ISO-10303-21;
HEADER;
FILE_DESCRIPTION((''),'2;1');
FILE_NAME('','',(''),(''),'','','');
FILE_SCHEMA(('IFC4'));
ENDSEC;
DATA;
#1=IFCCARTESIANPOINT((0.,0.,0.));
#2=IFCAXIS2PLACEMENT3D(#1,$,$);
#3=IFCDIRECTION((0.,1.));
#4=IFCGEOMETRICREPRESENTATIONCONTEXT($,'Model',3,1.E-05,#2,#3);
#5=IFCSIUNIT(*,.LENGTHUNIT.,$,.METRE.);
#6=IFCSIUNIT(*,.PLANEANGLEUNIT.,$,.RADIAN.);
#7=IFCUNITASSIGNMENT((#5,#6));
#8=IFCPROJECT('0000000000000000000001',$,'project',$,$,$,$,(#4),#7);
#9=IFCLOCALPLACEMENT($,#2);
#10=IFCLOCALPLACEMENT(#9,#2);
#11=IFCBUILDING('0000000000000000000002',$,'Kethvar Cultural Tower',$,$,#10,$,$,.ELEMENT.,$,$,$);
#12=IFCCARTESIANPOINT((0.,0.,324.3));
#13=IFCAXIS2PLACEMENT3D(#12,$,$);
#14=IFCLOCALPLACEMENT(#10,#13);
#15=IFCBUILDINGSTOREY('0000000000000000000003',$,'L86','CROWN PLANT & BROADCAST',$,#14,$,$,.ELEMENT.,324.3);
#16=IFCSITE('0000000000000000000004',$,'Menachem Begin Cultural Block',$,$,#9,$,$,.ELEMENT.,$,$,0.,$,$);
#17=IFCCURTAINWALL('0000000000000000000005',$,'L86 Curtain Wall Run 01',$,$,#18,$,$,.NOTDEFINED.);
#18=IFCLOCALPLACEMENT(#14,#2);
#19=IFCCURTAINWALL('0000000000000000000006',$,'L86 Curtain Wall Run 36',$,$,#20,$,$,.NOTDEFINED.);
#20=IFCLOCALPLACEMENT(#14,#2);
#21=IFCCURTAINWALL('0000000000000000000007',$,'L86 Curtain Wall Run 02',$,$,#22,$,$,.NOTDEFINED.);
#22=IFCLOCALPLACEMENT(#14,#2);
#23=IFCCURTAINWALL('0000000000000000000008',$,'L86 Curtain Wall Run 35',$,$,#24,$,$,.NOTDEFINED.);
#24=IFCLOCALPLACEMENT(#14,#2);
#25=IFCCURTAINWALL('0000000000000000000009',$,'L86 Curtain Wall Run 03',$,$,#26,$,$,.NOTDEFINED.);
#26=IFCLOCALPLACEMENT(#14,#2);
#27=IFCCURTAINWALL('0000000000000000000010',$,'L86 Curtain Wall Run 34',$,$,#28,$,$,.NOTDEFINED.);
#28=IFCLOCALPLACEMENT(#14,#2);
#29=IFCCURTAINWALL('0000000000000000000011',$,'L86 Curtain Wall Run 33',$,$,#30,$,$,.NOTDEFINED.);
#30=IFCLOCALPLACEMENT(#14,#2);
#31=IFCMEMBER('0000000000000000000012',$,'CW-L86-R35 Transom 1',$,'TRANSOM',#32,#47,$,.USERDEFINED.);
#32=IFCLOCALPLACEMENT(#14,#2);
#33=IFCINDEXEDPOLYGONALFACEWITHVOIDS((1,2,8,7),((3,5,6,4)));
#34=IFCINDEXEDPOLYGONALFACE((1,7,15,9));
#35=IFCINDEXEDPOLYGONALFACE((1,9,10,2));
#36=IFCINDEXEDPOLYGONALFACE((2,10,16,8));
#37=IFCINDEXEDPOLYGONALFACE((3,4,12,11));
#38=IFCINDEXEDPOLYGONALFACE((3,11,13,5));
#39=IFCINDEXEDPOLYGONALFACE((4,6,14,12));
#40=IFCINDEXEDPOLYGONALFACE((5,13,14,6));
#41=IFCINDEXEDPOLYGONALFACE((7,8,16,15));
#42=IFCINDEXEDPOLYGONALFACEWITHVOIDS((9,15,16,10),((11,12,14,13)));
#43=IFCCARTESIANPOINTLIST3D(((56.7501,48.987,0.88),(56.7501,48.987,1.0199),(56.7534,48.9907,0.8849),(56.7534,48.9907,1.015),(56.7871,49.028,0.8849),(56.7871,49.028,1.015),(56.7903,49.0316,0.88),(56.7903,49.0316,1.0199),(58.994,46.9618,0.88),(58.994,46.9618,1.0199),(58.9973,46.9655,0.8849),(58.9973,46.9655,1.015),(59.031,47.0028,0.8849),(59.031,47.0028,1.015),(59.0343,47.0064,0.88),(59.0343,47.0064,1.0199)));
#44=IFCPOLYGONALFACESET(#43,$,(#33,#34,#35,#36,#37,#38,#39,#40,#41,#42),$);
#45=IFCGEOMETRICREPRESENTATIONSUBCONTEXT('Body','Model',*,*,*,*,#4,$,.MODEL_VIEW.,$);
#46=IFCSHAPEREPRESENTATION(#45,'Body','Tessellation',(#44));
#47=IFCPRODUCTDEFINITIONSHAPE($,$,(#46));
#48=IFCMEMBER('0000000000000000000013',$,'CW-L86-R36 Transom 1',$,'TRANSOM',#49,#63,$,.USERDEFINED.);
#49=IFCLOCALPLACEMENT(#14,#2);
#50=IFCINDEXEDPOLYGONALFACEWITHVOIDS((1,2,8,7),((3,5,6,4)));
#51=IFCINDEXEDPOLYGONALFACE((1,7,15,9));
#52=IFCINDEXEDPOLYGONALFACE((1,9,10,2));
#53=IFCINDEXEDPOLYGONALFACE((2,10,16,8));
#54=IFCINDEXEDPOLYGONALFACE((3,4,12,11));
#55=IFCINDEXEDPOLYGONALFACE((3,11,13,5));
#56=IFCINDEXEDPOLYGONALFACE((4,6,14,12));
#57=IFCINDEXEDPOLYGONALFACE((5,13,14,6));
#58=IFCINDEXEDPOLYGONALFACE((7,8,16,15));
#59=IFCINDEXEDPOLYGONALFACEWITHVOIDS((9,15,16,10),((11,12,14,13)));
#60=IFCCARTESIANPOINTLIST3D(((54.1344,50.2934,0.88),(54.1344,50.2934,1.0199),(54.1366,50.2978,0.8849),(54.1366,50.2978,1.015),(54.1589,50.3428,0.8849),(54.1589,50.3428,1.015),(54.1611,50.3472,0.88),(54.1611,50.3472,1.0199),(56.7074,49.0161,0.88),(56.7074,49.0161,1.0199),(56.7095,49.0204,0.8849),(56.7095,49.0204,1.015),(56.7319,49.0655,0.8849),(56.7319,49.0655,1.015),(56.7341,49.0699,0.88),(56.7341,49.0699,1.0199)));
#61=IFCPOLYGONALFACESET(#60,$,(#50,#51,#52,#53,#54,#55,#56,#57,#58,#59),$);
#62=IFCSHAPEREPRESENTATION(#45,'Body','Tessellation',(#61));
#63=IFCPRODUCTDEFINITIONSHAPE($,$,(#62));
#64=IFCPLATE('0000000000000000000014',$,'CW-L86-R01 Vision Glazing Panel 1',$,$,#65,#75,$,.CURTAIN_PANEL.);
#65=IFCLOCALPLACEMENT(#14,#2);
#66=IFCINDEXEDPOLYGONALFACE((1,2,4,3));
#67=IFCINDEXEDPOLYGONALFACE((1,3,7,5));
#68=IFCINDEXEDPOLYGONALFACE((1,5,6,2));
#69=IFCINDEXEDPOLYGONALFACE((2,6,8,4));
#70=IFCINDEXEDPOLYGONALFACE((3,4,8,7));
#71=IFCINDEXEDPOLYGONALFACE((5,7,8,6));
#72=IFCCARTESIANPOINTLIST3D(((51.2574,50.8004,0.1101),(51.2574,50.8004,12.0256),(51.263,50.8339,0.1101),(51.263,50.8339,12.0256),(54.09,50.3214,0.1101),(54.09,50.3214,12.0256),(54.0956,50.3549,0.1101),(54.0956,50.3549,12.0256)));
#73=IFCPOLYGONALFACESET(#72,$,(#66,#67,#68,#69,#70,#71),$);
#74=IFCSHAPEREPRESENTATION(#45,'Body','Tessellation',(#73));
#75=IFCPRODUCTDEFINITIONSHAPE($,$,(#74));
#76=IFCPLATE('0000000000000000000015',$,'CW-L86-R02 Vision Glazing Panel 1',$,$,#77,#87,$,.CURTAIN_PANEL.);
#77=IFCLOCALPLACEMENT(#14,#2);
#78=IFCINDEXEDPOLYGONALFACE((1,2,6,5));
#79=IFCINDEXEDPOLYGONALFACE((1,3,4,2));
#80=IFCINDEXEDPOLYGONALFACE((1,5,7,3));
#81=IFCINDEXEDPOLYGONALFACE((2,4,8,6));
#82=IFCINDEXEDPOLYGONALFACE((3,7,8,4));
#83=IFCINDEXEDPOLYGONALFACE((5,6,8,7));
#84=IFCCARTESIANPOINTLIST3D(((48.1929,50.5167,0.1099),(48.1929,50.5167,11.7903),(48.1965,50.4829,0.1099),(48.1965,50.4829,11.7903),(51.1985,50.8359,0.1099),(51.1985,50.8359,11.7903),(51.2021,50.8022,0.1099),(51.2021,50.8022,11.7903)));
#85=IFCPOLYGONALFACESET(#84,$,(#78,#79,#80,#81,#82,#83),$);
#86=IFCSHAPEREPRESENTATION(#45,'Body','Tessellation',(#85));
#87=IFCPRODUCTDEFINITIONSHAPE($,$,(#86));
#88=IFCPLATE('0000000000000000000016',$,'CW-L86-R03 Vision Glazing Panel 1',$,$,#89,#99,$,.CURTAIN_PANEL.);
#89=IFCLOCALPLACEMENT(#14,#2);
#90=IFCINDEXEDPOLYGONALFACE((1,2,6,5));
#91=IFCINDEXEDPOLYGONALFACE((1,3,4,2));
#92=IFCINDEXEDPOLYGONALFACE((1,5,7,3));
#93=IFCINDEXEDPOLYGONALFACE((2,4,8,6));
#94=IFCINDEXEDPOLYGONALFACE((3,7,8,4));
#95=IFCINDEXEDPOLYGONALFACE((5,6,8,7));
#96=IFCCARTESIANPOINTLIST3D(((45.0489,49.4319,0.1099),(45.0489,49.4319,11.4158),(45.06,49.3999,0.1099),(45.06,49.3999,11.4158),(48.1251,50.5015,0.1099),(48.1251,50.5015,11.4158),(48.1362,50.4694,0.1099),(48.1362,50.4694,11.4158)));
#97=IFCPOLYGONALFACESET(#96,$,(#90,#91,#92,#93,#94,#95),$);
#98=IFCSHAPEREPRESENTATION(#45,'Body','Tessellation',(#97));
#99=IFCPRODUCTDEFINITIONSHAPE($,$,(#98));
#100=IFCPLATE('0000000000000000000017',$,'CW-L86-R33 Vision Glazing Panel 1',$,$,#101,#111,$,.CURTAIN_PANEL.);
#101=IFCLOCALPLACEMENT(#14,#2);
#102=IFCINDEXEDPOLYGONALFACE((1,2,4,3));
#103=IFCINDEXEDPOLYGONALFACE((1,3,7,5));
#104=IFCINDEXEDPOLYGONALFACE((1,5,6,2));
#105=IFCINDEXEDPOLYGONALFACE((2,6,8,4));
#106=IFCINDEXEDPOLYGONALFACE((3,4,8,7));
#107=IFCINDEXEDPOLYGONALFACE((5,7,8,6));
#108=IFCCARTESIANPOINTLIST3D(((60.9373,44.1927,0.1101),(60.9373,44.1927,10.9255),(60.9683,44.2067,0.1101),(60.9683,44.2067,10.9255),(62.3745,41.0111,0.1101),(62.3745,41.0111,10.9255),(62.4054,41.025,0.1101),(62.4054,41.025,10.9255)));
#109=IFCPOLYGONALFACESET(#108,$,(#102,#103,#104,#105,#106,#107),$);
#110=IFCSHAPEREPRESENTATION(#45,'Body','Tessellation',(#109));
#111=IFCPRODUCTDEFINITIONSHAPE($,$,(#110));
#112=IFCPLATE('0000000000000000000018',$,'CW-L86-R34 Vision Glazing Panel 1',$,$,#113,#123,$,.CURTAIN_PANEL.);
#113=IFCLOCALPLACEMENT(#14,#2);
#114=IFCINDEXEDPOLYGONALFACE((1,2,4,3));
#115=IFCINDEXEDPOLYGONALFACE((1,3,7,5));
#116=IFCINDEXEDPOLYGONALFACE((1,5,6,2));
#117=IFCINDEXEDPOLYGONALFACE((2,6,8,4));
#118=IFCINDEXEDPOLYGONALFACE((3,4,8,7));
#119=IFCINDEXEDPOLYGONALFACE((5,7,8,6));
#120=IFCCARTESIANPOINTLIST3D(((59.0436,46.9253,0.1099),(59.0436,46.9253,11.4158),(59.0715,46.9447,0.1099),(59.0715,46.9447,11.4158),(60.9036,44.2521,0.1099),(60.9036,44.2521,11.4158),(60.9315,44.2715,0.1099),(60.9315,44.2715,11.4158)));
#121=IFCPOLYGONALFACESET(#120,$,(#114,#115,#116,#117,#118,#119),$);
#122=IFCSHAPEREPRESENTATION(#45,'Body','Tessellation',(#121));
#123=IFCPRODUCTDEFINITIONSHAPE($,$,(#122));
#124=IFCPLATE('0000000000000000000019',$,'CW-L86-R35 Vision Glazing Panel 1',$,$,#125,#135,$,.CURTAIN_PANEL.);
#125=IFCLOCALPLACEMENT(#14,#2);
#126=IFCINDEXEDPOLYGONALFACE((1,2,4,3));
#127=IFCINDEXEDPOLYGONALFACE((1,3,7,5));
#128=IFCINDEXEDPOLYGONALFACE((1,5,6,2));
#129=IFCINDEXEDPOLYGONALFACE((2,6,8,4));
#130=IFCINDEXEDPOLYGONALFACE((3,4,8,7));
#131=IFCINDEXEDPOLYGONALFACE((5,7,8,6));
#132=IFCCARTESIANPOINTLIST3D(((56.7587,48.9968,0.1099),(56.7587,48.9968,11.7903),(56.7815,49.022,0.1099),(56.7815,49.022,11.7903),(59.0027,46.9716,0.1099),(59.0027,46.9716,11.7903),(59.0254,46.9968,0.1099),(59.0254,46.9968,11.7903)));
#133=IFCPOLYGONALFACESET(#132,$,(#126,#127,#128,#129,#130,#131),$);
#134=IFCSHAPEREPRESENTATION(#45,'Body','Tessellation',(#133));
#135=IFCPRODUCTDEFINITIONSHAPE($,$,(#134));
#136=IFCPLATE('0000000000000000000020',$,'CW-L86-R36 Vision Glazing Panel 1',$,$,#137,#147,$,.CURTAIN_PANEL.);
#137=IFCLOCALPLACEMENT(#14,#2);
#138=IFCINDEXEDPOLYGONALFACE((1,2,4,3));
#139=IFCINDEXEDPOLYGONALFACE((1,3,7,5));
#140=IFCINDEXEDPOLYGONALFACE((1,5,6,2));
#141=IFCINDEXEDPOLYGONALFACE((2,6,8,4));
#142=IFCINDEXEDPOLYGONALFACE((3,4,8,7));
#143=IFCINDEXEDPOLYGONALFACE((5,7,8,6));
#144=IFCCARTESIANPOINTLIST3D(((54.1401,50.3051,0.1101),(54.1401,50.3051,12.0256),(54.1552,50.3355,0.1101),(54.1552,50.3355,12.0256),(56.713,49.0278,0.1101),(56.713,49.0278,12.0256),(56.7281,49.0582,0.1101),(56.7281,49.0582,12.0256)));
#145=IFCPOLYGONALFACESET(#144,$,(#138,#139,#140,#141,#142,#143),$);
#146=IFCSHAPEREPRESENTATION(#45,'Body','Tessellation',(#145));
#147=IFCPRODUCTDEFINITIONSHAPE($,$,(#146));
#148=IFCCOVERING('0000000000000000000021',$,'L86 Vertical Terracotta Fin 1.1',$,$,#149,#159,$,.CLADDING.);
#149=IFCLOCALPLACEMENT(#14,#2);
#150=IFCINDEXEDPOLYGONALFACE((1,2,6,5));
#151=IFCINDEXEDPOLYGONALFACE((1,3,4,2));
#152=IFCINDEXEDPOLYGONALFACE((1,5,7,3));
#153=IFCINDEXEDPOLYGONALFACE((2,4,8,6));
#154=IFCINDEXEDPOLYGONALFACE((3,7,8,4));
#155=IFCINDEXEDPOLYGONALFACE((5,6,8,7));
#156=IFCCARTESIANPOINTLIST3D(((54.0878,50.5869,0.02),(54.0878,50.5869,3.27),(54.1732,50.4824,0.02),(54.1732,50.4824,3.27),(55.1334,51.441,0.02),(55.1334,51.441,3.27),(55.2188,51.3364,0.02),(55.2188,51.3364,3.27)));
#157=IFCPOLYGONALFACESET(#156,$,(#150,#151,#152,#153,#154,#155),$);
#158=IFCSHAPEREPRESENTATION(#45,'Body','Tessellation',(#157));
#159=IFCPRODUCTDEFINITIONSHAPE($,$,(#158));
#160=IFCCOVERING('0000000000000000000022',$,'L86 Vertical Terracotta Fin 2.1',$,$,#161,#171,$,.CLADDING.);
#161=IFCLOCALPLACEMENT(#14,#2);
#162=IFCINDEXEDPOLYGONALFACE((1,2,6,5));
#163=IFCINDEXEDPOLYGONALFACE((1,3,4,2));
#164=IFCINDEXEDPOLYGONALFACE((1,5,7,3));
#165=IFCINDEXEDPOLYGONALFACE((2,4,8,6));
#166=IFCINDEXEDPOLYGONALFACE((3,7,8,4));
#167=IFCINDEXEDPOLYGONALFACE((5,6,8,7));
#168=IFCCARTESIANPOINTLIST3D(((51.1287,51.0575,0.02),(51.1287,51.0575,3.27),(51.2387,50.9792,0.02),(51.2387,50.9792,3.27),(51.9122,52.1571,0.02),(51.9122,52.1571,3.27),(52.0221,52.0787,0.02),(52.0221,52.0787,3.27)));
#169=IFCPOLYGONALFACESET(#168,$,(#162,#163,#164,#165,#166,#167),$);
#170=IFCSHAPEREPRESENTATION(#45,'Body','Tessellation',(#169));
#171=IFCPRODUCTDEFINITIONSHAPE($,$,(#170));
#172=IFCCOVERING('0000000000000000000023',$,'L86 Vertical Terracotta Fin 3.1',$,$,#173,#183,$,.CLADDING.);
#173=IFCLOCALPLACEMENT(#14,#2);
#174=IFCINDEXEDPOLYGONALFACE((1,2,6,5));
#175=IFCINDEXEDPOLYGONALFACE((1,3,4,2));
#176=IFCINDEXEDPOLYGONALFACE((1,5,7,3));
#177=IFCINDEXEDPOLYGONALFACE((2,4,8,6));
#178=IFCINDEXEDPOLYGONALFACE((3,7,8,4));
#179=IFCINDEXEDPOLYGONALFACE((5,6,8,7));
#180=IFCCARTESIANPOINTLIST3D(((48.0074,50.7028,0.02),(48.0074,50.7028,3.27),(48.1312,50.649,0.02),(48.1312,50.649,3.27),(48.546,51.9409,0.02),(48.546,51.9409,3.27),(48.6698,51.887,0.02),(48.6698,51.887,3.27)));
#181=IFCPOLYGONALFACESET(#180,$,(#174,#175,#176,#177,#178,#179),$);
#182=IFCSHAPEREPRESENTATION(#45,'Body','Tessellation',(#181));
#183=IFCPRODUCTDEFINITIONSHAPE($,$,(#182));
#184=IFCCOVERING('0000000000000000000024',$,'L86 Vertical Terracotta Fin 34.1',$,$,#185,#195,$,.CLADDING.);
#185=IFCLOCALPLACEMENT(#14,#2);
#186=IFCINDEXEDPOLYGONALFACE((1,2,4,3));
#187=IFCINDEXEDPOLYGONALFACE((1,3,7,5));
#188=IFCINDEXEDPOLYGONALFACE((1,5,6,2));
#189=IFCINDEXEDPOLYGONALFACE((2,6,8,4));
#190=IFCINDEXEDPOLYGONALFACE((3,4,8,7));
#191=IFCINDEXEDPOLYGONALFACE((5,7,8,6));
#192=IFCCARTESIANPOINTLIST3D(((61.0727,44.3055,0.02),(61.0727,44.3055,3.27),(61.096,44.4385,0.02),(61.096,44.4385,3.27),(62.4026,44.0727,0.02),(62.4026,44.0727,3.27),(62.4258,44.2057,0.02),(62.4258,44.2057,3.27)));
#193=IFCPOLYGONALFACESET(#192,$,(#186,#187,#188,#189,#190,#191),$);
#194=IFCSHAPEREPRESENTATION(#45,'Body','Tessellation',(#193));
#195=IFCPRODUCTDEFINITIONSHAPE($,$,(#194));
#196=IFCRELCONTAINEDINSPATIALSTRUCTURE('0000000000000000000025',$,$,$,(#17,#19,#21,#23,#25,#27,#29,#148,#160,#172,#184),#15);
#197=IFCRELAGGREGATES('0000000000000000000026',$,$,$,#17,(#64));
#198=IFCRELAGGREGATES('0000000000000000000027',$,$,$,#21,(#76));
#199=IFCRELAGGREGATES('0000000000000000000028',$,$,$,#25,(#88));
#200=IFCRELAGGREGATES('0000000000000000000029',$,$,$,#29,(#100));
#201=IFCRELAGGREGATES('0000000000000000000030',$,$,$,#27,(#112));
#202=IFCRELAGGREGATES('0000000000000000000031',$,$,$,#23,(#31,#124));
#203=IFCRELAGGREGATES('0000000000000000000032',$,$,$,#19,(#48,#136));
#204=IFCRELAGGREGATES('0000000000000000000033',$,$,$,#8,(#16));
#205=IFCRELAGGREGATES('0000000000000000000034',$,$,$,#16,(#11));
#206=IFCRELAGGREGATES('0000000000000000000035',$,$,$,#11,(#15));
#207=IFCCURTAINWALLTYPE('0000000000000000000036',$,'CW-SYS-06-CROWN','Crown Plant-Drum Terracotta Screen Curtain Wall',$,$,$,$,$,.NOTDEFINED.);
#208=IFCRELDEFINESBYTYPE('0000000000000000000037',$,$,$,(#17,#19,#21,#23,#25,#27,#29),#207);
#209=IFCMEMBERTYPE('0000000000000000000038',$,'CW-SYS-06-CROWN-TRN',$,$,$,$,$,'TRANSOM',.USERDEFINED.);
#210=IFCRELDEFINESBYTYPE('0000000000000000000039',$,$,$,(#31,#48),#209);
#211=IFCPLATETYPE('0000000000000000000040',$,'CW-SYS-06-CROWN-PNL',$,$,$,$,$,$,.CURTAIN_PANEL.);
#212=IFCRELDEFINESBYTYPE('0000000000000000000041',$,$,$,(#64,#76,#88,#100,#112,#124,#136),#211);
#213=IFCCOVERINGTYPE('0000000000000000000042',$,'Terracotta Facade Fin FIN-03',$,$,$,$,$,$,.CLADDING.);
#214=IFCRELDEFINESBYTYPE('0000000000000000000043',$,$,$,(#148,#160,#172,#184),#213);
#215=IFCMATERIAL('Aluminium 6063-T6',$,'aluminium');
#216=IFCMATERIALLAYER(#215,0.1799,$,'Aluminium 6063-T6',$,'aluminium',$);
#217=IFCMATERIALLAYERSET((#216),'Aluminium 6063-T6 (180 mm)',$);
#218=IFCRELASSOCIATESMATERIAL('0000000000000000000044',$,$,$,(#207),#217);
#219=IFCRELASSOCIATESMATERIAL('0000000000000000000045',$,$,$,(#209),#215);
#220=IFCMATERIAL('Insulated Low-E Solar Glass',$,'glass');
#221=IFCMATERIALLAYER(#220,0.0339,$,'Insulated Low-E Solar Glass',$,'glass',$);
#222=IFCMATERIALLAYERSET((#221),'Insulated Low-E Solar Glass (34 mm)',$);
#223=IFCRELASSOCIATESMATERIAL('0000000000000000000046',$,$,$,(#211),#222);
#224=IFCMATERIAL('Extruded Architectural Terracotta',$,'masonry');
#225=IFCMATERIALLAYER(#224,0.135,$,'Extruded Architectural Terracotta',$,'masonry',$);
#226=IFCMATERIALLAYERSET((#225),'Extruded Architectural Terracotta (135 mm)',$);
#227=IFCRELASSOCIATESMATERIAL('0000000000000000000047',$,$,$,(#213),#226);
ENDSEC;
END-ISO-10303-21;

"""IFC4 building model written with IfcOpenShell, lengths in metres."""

from ifc_helpers import new_model, si_unit, direction, frame, origin, origin_2d, place, context, subcontext, project, spatial, rectangle, hollow_rectangle, extrude, source, transform, mapped, material, layer, layer_set, material_profile, profile_set, type_object, element, aggregate, save


model = new_model("IFC4")

# Units and contexts
model_context = context("Model", 3, precision=1e-05, world=origin(), true_north=direction((0.0, 1.0)))
body_context = subcontext(model_context, "Body", "Model", "MODEL_VIEW")
ifc_project = project(units=[si_unit("LENGTHUNIT", "METRE"), si_unit("PLANEANGLEUNIT", "RADIAN")], contexts=[model_context])

# Site, building, storey
site_placement = place(None, origin())
site = spatial("IfcSite", under=ifc_project, at=site_placement, Name="Menachem Begin Cultural Block", CompositionType="ELEMENT", RefElevation=0.0)
building_placement = place(site_placement, origin())
building = spatial("IfcBuilding", under=site, at=building_placement, Name="Kethvar Cultural Tower", CompositionType="ELEMENT")
storey_placement = place(building_placement, frame((0.0, 0.0, 324.3)))
storey = spatial("IfcBuildingStorey", under=building, at=storey_placement, Name="L86", Description="CROWN PLANT & BROADCAST", CompositionType="ELEMENT", Elevation=324.3)

# Curtain wall
ifc_material_1 = material(Name="Aluminium 6063-T6", Category="aluminium")
ifc_layer_1 = layer(ifc_material_1, 0.1799, Name="Aluminium 6063-T6", Category="aluminium")
ifc_layer_set_1 = layer_set([ifc_layer_1], Name="Aluminium 6063-T6 (180 mm)")
curtain_wall_type = type_object("IfcCurtainWallType", Name="CW-SYS-06-CROWN", Description="Crown Plant-Drum Terracotta Screen Curtain Wall", PredefinedType="NOTDEFINED", material=ifc_layer_set_1)
curtain_wall_1_placement = place(storey_placement, origin())
curtain_wall_1 = element("IfcCurtainWall", 1, at=curtain_wall_1_placement, inside=storey, type_object=curtain_wall_type, Name="L86 Curtain Wall Run 01", PredefinedType="NOTDEFINED")

# Curtain wall
curtain_wall_2_placement = place(storey_placement, origin())
curtain_wall_2 = element("IfcCurtainWall", 2, at=curtain_wall_2_placement, inside=storey, type_object=curtain_wall_type, Name="L86 Curtain Wall Run 36", PredefinedType="NOTDEFINED")

# Shared definitions
ifc_material_profile_1 = material_profile(ifc_material_1, hollow_rectangle(XDim=0.0601, YDim=0.1399, WallThickness=0.0049, at=origin_2d()), Name="Aluminium 6063-T6 — RHS140x60x5")
ifc_profile_set_1 = profile_set([ifc_material_profile_1], Name="Aluminium 6063-T6 — RHS140x60x5")
member_type_1 = type_object("IfcMemberType", Name="CW-SYS-06-CROWN-TRN", ElementType="TRANSOM", PredefinedType="USERDEFINED", material=ifc_profile_set_1)

# Curtain walls
curtain_wall_3_placement = place(storey_placement, origin())
curtain_wall_3 = element("IfcCurtainWall", 3, at=curtain_wall_3_placement, inside=storey, type_object=curtain_wall_type, Name="L86 Curtain Wall Run 02", PredefinedType="NOTDEFINED")
curtain_wall_4_placement = place(storey_placement, origin())
curtain_wall_4 = element("IfcCurtainWall", 4, at=curtain_wall_4_placement, inside=storey, type_object=curtain_wall_type, Name="L86 Curtain Wall Run 35", PredefinedType="NOTDEFINED")

# Curtain wall
curtain_wall_5_placement = place(storey_placement, origin())
curtain_wall_5 = element("IfcCurtainWall", 5, at=curtain_wall_5_placement, inside=storey, type_object=curtain_wall_type, Name="L86 Curtain Wall Run 03", PredefinedType="NOTDEFINED")

# Curtain wall
curtain_wall_6_placement = place(storey_placement, origin())
curtain_wall_6 = element("IfcCurtainWall", 6, at=curtain_wall_6_placement, inside=storey, type_object=curtain_wall_type, Name="L86 Curtain Wall Run 34", PredefinedType="NOTDEFINED")

# Curtain wall
curtain_wall_7_placement = place(storey_placement, origin())
curtain_wall_7 = element("IfcCurtainWall", 7, at=curtain_wall_7_placement, inside=storey, type_object=curtain_wall_type, Name="L86 Curtain Wall Run 33", PredefinedType="NOTDEFINED")

# Members
shared_shape_1 = source(origin(), body_context, "Body", "SweptSolid", [
    extrude(hollow_rectangle(XDim=0.0601, YDim=0.1399, WallThickness=0.0049, at=origin_2d()), origin(), (0.0, 0.0, 1.0), 3.0227),
])
member_1_placement = place(storey_placement, frame((59.0142, 46.9841, 0.95), z_axis=(-0.742366, 0.669995, 0.0), x_axis=(-0.669995, -0.742366, 0.0)))
member_1 = element("IfcMember", 8, at=member_1_placement, type_object=member_type_1, Name="CW-L86-R35 Transom 1", ObjectType="TRANSOM", PredefinedType="USERDEFINED", context=body_context, shape_type="MappedRepresentation", body=[
    mapped(shared_shape_1, transform((0.0, 0.0, 0.0), scale=1.0)),
])
shared_shape_2 = source(origin(), body_context, "Body", "SweptSolid", [
    extrude(hollow_rectangle(XDim=0.0601, YDim=0.1399, WallThickness=0.0049, at=origin_2d()), origin(), (0.0, 0.0, 1.0), 2.8726),
])
member_2_placement = place(storey_placement, frame((56.7207, 49.043, 0.95), z_axis=(-0.895698, 0.444662, 0.0), x_axis=(-0.444662, -0.895698, 0.0)))
member_2 = element("IfcMember", 9, at=member_2_placement, type_object=member_type_1, Name="CW-L86-R36 Transom 1", ObjectType="TRANSOM", PredefinedType="USERDEFINED", context=body_context, shape_type="MappedRepresentation", body=[
    mapped(shared_shape_2, transform((0.0, 0.0, 0.0), scale=1.0)),
])

# Plates
ifc_material_2 = material(Name="Insulated Low-E Solar Glass", Category="glass")
ifc_layer_2 = layer(ifc_material_2, 0.0339, Name="Insulated Low-E Solar Glass", Category="glass")
ifc_layer_set_2 = layer_set([ifc_layer_2], Name="Insulated Low-E Solar Glass (34 mm)")
plate_type = type_object("IfcPlateType", Name="CW-SYS-06-CROWN-PNL", PredefinedType="CURTAIN_PANEL", material=ifc_layer_set_2)
shared_shape_3 = source(origin(), body_context, "Body", "SweptSolid", [
    extrude(rectangle(XDim=2.8728, YDim=0.0339, at=origin_2d()), origin(), (0.0, 0.0, 1.0), 11.9155),
])
plate_1_placement = place(storey_placement, frame((52.6765, 50.5776, 0.1101), z_axis=(0.0, 0.0, 1.0), x_axis=(-0.986002, 0.166734, 0.0)))
plate_1 = element("IfcPlate", 10, at=plate_1_placement, type_object=plate_type, Name="CW-L86-R01 Vision Glazing Panel 1", PredefinedType="CURTAIN_PANEL", context=body_context, shape_type="MappedRepresentation", body=[
    mapped(shared_shape_3, transform((0.0, 0.0, 0.0), scale=1.0)),
])
aggregate(curtain_wall_1, [plate_1])
shared_shape_4 = source(origin(), body_context, "Body", "SweptSolid", [
    extrude(rectangle(XDim=3.0225, YDim=0.0339, at=origin_2d()), origin(), (0.0, 0.0, 1.0), 11.6804),
])
plate_2_placement = place(storey_placement, frame((49.6975, 50.6594, 0.1099), z_axis=(0.0, 0.0, 1.0), x_axis=(-0.994405, -0.105639, 0.0)))
plate_2 = element("IfcPlate", 11, at=plate_2_placement, type_object=plate_type, Name="CW-L86-R02 Vision Glazing Panel 1", PredefinedType="CURTAIN_PANEL", context=body_context, shape_type="MappedRepresentation", body=[
    mapped(shared_shape_4, transform((0.0, 0.0, 0.0), scale=1.0)),
])
aggregate(curtain_wall_3, [plate_2])
shared_shape_5 = source(origin(), body_context, "Body", "SweptSolid", [
    extrude(rectangle(XDim=3.2568, YDim=0.0339, at=origin_2d()), origin(), (0.0, 0.0, 1.0), 11.3059),
])
plate_3_placement = place(storey_placement, frame((46.5925, 49.9507, 0.1099), z_axis=(0.0, 0.0, 1.0), x_axis=(-0.944537, -0.328405, 0.0)))
plate_3 = element("IfcPlate", 12, at=plate_3_placement, type_object=plate_type, Name="CW-L86-R03 Vision Glazing Panel 1", PredefinedType="CURTAIN_PANEL", context=body_context, shape_type="MappedRepresentation", body=[
    mapped(shared_shape_5, transform((0.0, 0.0, 0.0), scale=1.0)),
])
aggregate(curtain_wall_5, [plate_3])
shared_shape_6 = source(origin(), body_context, "Body", "SweptSolid", [
    extrude(rectangle(XDim=3.4912, YDim=0.0339, at=origin_2d()), origin(), (0.0, 0.0, 1.0), 10.8154),
])
plate_4_placement = place(storey_placement, frame((61.6714, 42.6089, 0.1101), z_axis=(0.0, 0.0, 1.0), x_axis=(-0.411658, 0.911339, 0.0)))
plate_4 = element("IfcPlate", 13, at=plate_4_placement, type_object=plate_type, Name="CW-L86-R33 Vision Glazing Panel 1", PredefinedType="CURTAIN_PANEL", context=body_context, shape_type="MappedRepresentation", body=[
    mapped(shared_shape_6, transform((0.0, 0.0, 0.0), scale=1.0)),
])
aggregate(curtain_wall_7, [plate_4])
shared_shape_7 = source(origin(), body_context, "Body", "SweptSolid", [
    extrude(rectangle(XDim=3.2566, YDim=0.0339, at=origin_2d()), origin(), (0.0, 0.0, 1.0), 11.3059),
])
plate_5_placement = place(storey_placement, frame((59.9875, 45.5984, 0.1099), z_axis=(0.0, 0.0, 1.0), x_axis=(-0.571143, 0.82085, 0.0)))
plate_5 = element("IfcPlate", 14, at=plate_5_placement, type_object=plate_type, Name="CW-L86-R34 Vision Glazing Panel 1", PredefinedType="CURTAIN_PANEL", context=body_context, shape_type="MappedRepresentation", body=[
    mapped(shared_shape_7, transform((0.0, 0.0, 0.0), scale=1.0)),
])
aggregate(curtain_wall_6, [plate_5])
shared_shape_8 = source(origin(), body_context, "Body", "SweptSolid", [
    extrude(rectangle(XDim=3.0227, YDim=0.0339, at=origin_2d()), origin(), (0.0, 0.0, 1.0), 11.6804),
])
plate_6_placement = place(storey_placement, frame((57.8921, 47.9968, 0.1099), z_axis=(0.0, 0.0, 1.0), x_axis=(-0.742374, 0.669986, 0.0)))
plate_6 = element("IfcPlate", 15, at=plate_6_placement, type_object=plate_type, Name="CW-L86-R35 Vision Glazing Panel 1", PredefinedType="CURTAIN_PANEL", context=body_context, shape_type="MappedRepresentation", body=[
    mapped(shared_shape_8, transform((0.0, 0.0, 0.0), scale=1.0)),
])
aggregate(curtain_wall_4, [member_1, plate_6])
shared_shape_9 = source(origin(), body_context, "Body", "SweptSolid", [
    extrude(rectangle(XDim=2.8726, YDim=0.0339, at=origin_2d()), origin(), (0.0, 0.0, 1.0), 11.9155),
])
plate_7_placement = place(storey_placement, frame((55.4341, 49.6816, 0.1101), z_axis=(0.0, 0.0, 1.0), x_axis=(-0.895696, 0.444666, 0.0)))
plate_7 = element("IfcPlate", 16, at=plate_7_placement, type_object=plate_type, Name="CW-L86-R36 Vision Glazing Panel 1", PredefinedType="CURTAIN_PANEL", context=body_context, shape_type="MappedRepresentation", body=[
    mapped(shared_shape_9, transform((0.0, 0.0, 0.0), scale=1.0)),
])
aggregate(curtain_wall_2, [member_2, plate_7])

# Coverings
ifc_material_3 = material(Name="Extruded Architectural Terracotta", Category="masonry")
ifc_layer_3 = layer(ifc_material_3, 0.135, Name="Extruded Architectural Terracotta", Category="masonry")
ifc_layer_set_3 = layer_set([ifc_layer_3], Name="Extruded Architectural Terracotta (135 mm)")
covering_type = type_object("IfcCoveringType", Name="Terracotta Facade Fin FIN-03", PredefinedType="CLADDING", material=ifc_layer_set_3)
shared_shape_10 = source(origin(), body_context, "Body", "SweptSolid", [
    extrude(rectangle(XDim=1.3501, YDim=0.135, at=origin_2d()), origin(), (0.0, 0.0, 1.0), 3.25),
])
for number, where, z_axis, x_axis, name in (
    (17, (54.6533, 50.9617, 0.02), (0.0, 0.0, 1.0), (0.774503, 0.63257, 0.0), "L86 Vertical Terracotta Fin 1.1"),
    (18, (51.5754, 51.5681, 0.02), (0.0, 0.0, 1.0), (0.580277, 0.814419, 0.0), "L86 Vertical Terracotta Fin 2.1"),
    (19, (48.3386, 51.2949, 0.02), (0.0, 0.0, 1.0), (0.398909, 0.91699, 0.0), "L86 Vertical Terracotta Fin 3.1"),
    (20, (61.7493, 44.2556, 0.02), (0.0, 0.0, 1.0), (0.985019, -0.172445, 0.0), "L86 Vertical Terracotta Fin 34.1"),
):
    element("IfcCovering", number, at=place(storey_placement, frame(where, z_axis=z_axis, x_axis=x_axis)), inside=storey, type_object=covering_type, Name=name, PredefinedType="CLADDING", context=body_context, shape_type="MappedRepresentation", body=[
        mapped(shared_shape_10, transform((0.0, 0.0, 0.0), scale=1.0)),
    ])

save(model, "model.ifc")
